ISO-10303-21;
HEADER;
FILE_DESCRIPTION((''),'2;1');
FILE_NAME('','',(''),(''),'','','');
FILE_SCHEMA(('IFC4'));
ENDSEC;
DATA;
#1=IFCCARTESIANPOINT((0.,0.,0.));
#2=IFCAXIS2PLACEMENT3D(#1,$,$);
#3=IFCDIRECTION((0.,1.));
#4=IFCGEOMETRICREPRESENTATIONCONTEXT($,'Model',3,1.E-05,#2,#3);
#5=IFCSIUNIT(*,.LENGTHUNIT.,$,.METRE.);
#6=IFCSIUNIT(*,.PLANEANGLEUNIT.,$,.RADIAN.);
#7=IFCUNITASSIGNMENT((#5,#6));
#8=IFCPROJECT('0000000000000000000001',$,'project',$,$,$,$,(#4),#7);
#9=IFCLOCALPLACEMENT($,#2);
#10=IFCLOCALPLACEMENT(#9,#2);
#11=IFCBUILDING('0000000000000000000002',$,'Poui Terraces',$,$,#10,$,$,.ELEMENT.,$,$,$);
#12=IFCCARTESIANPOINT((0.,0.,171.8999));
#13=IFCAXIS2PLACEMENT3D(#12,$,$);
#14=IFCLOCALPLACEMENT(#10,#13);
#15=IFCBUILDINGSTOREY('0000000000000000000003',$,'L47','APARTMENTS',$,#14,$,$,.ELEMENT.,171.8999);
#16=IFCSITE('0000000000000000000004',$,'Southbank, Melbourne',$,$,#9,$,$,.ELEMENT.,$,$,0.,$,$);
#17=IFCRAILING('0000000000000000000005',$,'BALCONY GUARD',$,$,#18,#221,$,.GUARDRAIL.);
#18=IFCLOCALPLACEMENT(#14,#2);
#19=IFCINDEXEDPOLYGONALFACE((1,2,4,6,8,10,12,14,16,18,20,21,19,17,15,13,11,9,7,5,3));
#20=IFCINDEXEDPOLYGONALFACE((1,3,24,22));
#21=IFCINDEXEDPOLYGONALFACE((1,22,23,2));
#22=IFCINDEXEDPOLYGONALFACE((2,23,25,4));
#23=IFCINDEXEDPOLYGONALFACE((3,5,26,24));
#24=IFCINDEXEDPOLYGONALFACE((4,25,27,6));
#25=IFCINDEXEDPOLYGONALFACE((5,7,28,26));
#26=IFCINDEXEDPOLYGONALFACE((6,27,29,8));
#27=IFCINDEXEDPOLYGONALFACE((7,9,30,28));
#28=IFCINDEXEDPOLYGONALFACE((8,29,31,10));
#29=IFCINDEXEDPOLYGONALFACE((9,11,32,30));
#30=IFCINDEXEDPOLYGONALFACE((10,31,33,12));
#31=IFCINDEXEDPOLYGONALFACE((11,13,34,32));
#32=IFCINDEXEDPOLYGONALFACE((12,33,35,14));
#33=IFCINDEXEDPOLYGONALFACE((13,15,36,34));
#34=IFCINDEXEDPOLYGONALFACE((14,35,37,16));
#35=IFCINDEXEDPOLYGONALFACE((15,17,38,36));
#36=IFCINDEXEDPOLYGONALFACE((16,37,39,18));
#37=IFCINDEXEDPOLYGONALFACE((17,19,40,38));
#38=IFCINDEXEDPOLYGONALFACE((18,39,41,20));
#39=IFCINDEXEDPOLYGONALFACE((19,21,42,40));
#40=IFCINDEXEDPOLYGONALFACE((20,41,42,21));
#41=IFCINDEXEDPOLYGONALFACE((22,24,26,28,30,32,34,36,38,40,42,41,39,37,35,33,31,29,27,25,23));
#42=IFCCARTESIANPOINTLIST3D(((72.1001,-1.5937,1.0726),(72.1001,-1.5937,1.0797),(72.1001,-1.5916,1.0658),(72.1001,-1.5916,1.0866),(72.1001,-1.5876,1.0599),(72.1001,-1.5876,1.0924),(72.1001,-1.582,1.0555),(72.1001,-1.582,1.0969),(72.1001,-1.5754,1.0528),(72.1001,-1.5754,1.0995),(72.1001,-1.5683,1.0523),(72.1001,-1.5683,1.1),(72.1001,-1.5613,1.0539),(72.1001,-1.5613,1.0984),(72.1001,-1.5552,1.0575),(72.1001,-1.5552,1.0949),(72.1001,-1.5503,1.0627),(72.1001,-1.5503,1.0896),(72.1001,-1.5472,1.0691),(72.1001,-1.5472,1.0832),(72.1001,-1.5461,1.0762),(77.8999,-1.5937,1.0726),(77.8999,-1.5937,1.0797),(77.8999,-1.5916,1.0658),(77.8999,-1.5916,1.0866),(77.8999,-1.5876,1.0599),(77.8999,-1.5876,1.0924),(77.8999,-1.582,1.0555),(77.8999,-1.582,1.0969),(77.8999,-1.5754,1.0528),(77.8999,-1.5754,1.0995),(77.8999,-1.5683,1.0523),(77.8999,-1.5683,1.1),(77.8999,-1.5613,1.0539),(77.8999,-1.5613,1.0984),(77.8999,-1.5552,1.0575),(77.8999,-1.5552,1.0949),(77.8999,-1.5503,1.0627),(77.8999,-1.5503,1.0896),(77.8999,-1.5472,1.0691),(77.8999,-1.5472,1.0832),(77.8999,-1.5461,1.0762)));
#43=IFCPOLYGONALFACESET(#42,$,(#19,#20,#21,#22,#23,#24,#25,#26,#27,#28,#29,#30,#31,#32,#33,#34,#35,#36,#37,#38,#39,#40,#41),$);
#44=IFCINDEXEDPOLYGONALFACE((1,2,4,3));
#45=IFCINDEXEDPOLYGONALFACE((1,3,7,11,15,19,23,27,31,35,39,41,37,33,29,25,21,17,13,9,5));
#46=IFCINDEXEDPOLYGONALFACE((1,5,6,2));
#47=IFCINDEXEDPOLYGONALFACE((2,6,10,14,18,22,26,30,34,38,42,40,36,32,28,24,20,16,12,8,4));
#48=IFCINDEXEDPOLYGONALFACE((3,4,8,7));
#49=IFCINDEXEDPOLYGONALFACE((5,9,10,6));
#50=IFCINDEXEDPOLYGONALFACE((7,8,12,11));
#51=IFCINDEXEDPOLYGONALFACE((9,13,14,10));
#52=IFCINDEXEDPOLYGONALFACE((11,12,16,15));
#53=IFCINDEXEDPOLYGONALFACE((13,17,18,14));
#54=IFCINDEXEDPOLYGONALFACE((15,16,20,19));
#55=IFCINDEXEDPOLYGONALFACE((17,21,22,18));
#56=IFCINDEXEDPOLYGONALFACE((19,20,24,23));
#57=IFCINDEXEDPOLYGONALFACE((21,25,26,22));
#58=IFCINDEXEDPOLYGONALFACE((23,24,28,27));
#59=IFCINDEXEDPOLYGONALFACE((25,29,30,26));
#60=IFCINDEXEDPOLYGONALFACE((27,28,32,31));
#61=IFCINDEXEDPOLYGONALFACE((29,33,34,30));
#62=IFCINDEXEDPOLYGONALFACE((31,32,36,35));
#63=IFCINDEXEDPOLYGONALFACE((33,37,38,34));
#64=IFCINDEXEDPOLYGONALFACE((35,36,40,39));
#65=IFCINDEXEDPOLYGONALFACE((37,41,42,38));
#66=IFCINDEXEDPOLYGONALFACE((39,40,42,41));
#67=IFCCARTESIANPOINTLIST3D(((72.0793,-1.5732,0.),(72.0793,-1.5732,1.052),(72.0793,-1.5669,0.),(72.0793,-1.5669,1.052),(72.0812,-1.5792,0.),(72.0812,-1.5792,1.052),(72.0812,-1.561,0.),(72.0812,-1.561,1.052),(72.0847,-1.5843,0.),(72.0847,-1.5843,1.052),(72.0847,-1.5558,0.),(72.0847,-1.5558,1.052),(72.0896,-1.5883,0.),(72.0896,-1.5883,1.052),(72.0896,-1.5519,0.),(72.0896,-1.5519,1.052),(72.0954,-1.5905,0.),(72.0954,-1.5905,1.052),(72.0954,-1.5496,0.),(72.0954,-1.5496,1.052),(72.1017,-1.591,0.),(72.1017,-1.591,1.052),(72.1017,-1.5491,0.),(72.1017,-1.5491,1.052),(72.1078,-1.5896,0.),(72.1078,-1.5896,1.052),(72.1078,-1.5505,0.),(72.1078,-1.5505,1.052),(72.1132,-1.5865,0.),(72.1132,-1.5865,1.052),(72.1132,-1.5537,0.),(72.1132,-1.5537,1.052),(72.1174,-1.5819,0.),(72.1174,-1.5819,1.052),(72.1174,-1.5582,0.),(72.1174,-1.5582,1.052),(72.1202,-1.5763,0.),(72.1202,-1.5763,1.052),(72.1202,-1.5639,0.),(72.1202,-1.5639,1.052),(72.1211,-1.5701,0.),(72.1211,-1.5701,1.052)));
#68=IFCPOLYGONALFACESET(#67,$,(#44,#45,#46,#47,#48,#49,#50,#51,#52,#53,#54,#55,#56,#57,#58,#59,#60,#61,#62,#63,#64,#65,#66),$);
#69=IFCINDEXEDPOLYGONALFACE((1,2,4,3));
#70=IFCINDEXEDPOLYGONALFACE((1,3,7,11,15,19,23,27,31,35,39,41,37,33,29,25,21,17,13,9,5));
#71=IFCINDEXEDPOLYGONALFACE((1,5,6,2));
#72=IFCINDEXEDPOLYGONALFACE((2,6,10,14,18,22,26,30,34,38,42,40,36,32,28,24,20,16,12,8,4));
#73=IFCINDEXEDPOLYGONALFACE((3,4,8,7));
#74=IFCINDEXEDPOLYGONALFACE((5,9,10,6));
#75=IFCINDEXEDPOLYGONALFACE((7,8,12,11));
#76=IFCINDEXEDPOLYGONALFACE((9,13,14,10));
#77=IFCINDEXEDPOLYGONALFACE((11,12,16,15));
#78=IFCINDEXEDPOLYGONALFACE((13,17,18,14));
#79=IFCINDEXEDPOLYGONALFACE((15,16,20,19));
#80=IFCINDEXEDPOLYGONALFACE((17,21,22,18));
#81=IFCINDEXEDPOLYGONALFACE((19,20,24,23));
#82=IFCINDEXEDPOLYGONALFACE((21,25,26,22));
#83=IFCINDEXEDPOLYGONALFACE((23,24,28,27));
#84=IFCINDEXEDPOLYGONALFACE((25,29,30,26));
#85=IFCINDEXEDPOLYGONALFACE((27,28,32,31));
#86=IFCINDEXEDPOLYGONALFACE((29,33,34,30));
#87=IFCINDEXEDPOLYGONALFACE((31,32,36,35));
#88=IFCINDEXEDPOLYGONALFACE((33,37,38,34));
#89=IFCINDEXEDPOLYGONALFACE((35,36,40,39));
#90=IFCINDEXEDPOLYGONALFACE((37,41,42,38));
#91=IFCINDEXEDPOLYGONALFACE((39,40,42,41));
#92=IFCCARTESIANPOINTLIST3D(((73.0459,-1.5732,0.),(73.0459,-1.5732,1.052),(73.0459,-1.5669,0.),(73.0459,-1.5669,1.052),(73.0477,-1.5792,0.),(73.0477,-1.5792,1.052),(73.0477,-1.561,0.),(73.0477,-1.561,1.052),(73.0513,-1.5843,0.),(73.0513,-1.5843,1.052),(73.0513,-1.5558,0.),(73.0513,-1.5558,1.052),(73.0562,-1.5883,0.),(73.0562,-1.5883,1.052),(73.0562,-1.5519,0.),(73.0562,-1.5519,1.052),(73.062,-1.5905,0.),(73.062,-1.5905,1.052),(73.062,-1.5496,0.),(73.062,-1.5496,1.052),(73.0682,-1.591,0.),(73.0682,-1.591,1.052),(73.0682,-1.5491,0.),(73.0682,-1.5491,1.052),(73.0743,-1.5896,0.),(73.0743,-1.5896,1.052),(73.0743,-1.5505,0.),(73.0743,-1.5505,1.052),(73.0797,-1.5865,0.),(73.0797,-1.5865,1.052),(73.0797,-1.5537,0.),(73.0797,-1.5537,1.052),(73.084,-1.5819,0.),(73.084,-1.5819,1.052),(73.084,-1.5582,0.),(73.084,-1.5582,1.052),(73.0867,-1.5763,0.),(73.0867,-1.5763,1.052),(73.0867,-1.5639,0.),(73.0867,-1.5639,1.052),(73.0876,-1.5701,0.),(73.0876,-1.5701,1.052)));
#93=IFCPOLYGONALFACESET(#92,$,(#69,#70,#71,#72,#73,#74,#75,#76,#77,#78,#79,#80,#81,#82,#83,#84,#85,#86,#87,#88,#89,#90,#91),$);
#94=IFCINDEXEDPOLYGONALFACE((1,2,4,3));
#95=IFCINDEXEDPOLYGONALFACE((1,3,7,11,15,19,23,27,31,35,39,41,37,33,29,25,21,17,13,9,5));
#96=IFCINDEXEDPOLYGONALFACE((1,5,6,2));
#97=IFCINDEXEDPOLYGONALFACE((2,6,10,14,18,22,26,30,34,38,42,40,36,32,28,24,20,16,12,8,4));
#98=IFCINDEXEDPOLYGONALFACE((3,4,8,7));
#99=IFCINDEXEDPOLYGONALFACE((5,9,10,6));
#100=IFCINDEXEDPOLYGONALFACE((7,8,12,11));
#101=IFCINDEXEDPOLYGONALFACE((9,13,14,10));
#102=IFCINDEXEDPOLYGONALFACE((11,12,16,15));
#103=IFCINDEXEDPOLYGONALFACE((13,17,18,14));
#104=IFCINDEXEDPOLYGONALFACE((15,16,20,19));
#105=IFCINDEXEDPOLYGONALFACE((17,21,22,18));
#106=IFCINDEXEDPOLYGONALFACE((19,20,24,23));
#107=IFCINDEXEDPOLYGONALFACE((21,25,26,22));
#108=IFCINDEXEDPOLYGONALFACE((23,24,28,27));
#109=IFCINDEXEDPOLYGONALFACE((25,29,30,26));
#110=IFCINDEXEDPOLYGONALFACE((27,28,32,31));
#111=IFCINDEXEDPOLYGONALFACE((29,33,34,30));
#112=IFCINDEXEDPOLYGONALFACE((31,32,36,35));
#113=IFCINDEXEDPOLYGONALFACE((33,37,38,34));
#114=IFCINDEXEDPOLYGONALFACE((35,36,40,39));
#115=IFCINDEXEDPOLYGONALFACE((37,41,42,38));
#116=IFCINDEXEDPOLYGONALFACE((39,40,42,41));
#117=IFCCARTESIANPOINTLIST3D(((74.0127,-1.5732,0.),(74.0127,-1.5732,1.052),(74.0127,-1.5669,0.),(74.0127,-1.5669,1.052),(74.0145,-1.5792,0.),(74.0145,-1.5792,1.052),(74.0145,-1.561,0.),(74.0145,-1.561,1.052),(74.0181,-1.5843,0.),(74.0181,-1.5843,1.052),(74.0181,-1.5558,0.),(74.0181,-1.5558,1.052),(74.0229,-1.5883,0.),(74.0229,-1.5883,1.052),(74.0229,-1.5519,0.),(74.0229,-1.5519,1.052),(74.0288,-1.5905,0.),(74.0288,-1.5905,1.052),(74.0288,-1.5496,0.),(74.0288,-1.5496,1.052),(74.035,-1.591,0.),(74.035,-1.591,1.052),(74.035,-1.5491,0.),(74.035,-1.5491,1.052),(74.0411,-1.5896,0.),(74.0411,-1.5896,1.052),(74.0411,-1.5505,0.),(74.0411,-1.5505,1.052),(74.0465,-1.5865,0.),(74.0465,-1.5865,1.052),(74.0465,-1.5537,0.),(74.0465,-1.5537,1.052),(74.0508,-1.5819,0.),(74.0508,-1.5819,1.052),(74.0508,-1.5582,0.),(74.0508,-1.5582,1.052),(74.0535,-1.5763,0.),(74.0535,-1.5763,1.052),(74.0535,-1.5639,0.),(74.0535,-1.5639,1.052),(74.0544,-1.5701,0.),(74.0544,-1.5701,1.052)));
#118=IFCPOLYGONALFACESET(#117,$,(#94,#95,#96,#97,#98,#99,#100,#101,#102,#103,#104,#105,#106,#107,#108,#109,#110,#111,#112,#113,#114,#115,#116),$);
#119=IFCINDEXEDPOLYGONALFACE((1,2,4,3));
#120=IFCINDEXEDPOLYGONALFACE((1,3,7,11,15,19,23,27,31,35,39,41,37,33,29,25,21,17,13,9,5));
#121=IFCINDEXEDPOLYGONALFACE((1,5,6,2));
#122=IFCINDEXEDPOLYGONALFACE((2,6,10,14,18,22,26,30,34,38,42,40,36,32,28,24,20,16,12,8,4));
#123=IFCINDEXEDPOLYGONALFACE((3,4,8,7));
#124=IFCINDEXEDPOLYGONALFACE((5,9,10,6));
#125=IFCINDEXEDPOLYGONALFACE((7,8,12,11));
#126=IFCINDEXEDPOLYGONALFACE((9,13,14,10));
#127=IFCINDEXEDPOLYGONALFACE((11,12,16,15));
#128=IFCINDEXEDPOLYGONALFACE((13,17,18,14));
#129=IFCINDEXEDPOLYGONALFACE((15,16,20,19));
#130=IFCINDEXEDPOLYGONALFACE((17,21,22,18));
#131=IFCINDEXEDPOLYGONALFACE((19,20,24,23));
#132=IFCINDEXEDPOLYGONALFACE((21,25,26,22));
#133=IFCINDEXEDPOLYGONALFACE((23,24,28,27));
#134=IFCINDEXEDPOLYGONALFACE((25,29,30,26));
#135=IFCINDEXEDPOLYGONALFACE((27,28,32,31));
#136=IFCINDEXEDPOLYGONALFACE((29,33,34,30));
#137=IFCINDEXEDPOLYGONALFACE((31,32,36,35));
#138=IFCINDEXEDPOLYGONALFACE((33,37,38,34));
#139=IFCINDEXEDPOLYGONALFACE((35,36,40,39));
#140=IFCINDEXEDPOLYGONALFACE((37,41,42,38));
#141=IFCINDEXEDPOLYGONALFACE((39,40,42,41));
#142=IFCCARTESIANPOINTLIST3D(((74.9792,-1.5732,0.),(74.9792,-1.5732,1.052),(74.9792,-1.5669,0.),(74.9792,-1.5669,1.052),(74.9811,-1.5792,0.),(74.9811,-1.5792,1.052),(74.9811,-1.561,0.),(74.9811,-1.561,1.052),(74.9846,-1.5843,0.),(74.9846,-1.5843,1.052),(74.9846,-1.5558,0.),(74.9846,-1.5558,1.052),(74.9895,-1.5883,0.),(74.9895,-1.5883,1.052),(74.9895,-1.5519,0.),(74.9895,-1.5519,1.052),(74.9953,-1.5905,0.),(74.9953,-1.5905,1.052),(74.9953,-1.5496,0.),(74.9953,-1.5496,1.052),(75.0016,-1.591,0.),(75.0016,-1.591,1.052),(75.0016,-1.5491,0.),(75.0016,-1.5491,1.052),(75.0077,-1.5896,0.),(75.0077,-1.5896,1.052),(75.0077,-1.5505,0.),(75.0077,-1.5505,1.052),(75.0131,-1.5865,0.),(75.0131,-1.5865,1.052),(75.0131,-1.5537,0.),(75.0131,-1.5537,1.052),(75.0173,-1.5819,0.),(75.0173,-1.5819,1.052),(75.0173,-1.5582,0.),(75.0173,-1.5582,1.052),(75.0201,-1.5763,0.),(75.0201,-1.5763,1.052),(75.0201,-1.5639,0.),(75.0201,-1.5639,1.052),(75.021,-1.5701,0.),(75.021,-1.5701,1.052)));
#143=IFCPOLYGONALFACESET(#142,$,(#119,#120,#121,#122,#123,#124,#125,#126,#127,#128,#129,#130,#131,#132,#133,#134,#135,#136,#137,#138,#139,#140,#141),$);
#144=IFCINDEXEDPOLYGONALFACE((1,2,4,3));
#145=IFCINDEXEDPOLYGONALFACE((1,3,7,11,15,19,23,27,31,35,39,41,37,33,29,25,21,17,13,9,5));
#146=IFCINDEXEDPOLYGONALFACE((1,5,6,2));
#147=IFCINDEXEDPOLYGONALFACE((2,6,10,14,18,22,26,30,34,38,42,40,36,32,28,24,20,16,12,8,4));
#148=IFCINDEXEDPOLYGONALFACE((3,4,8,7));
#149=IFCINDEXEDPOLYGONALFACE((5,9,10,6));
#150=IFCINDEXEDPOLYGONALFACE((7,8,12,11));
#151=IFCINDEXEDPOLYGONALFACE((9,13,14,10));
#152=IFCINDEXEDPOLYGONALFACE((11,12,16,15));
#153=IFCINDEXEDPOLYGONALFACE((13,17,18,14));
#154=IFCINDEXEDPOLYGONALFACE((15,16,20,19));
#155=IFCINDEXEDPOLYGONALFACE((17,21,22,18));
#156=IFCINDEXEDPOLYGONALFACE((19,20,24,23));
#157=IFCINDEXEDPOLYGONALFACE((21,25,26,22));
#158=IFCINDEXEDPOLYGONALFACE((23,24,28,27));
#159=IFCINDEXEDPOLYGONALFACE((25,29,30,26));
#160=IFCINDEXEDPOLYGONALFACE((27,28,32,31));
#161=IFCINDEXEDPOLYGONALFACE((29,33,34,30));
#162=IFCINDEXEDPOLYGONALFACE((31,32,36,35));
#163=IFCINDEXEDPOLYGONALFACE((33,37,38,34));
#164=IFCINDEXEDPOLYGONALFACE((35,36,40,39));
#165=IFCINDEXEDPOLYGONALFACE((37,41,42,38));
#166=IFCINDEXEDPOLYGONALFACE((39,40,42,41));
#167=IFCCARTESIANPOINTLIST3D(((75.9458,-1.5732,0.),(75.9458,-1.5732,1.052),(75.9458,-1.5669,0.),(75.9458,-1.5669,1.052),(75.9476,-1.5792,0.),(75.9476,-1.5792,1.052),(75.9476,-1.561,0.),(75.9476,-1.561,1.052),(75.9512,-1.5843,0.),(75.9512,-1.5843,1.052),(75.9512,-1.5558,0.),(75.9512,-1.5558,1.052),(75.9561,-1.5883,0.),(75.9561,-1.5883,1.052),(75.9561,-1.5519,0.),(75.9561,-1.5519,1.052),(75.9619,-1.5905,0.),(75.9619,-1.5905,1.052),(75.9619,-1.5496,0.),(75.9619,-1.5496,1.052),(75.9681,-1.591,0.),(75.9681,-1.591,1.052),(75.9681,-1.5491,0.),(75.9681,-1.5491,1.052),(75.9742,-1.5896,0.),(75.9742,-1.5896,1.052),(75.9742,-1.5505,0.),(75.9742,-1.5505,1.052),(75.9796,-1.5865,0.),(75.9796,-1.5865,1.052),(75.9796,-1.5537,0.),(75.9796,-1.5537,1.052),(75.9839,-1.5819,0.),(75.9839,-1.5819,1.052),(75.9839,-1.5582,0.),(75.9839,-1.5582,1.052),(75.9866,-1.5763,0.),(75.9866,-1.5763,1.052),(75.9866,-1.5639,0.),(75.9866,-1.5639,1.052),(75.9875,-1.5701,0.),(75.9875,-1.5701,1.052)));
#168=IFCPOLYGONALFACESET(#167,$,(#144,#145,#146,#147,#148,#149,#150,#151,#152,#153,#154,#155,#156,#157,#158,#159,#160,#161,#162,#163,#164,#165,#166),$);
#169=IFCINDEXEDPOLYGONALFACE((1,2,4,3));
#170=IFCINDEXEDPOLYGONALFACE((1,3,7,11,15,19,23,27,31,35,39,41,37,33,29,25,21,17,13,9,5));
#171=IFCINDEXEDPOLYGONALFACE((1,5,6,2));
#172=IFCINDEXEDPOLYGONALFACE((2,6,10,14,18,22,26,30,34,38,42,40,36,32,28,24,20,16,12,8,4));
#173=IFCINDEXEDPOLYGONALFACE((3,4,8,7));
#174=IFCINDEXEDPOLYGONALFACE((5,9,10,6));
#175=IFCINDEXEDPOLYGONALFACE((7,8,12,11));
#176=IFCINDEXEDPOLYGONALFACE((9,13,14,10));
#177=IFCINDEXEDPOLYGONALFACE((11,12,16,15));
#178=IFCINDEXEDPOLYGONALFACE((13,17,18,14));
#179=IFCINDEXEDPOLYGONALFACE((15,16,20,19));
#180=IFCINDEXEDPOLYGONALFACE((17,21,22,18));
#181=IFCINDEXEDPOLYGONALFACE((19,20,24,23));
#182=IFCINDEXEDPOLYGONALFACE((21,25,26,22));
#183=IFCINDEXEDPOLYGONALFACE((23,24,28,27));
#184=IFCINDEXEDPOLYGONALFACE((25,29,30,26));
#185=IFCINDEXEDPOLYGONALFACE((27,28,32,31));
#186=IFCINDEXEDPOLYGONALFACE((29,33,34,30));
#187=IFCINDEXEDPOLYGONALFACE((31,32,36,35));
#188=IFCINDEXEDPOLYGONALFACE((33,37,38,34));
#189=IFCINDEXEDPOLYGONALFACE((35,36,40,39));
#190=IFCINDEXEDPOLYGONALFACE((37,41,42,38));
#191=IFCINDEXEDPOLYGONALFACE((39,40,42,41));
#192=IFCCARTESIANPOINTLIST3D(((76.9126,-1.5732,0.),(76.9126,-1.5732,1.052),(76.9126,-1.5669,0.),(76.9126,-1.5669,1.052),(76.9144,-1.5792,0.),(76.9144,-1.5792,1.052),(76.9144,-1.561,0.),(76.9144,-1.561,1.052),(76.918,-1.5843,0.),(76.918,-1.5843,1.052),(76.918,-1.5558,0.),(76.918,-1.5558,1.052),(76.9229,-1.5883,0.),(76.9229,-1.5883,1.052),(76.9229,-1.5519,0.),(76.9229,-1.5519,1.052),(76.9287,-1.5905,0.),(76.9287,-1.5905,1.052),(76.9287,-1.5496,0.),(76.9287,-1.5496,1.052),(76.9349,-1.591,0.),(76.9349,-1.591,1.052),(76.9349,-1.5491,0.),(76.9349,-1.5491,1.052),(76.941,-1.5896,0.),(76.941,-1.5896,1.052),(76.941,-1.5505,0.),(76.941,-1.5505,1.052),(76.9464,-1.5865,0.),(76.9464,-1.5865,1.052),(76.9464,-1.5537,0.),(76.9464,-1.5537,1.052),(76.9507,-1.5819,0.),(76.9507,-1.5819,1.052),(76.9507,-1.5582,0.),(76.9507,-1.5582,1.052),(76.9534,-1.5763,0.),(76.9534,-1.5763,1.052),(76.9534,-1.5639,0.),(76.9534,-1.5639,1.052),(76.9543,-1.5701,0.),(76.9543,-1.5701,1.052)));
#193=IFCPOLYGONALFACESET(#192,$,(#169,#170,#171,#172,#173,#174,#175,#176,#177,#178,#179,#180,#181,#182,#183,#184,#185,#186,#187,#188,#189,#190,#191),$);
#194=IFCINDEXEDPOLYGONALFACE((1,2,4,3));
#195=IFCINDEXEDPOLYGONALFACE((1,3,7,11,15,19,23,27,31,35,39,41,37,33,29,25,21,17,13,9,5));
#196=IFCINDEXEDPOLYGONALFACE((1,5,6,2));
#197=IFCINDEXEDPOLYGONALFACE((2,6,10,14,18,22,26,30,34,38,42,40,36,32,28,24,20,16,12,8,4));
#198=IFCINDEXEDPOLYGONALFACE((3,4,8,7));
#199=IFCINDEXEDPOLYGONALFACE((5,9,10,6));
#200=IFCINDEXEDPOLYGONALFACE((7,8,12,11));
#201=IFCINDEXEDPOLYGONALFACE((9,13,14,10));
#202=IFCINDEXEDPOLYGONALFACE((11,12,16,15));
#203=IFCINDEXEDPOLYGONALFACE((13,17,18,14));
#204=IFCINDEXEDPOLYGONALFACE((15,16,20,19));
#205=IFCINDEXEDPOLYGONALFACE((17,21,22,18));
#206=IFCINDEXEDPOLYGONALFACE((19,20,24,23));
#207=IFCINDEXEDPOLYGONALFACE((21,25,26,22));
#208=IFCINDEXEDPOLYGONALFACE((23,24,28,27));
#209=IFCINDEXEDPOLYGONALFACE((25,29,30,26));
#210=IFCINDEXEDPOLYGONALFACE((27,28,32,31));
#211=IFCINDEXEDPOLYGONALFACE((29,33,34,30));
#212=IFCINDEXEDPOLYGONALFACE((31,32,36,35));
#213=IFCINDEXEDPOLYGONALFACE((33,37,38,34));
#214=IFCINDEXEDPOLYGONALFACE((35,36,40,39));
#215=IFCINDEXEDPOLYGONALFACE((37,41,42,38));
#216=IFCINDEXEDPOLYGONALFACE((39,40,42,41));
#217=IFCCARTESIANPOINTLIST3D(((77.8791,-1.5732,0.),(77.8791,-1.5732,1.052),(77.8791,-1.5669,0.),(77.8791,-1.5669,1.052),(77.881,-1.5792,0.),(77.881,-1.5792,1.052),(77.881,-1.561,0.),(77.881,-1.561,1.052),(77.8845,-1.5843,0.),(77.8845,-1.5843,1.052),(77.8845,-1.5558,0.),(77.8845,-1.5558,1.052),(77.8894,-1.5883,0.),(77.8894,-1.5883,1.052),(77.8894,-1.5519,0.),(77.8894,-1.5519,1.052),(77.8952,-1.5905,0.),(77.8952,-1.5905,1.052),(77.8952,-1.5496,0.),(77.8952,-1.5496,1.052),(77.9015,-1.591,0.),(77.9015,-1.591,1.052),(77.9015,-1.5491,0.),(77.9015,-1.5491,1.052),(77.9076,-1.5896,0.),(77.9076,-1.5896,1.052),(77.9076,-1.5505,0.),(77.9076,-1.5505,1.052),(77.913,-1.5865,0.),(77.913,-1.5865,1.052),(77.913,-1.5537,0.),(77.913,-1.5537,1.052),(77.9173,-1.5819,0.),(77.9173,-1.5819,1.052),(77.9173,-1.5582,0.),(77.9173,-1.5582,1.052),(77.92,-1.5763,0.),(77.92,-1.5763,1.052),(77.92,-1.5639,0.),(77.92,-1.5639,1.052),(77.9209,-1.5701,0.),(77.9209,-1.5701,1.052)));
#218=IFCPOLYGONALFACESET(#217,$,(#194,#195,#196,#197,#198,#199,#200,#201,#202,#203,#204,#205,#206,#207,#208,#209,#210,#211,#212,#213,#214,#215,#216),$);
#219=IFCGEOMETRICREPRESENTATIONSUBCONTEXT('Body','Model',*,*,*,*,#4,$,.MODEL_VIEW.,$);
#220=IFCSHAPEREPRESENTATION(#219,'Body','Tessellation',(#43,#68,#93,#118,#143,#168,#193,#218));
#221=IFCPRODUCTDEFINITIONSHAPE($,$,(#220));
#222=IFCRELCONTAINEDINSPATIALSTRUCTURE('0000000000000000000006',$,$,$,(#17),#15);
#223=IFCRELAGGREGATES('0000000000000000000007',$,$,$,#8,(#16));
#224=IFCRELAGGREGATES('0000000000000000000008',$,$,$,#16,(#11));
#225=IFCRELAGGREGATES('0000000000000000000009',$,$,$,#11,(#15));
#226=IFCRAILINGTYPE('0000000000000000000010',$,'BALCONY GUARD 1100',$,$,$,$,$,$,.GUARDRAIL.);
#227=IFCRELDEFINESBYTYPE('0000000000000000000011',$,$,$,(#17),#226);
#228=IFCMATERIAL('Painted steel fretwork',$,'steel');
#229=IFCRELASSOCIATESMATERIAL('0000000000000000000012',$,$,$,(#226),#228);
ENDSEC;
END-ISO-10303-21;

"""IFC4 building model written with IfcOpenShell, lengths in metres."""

from ifc_helpers import new_model, si_unit, direction, frame, origin, origin_2d, place, context, subcontext, project, spatial, circle, extrude, material, type_object, element, save


model = new_model("IFC4")

# Units and contexts
model_context = context("Model", 3, precision=1e-05, world=origin(), true_north=direction((0.0, 1.0)))
body_context = subcontext(model_context, "Body", "Model", "MODEL_VIEW")
ifc_project = project(units=[si_unit("LENGTHUNIT", "METRE"), si_unit("PLANEANGLEUNIT", "RADIAN")], contexts=[model_context])

# Site, building, storey
site_placement = place(None, origin())
site = spatial("IfcSite", under=ifc_project, at=site_placement, Name="Southbank, Melbourne", CompositionType="ELEMENT", RefElevation=0.0)
building_placement = place(site_placement, origin())
building = spatial("IfcBuilding", under=site, at=building_placement, Name="Poui Terraces", CompositionType="ELEMENT")
storey_placement = place(building_placement, frame((0.0, 0.0, 171.8999)))
storey = spatial("IfcBuildingStorey", under=building, at=storey_placement, Name="L47", Description="APARTMENTS", CompositionType="ELEMENT", Elevation=171.8999)

# Railing
ifc_material_1 = material(Name="Painted steel fretwork", Category="steel")
railing_type = type_object("IfcRailingType", Name="BALCONY GUARD 1100", PredefinedType="GUARDRAIL", material=ifc_material_1)
railing_placement = place(storey_placement, frame((72.1001, -1.5701, 0.0)))
element("IfcRailing", 1, at=railing_placement, inside=storey, type_object=railing_type, Name="BALCONY GUARD", PredefinedType="GUARDRAIL", context=body_context, shape_type="SweptSolid", body=[
    extrude(circle(Radius=0.0239, at=origin_2d()), frame((0.0, 0.0, 1.0762), z_axis=(1.0, 0.0, 0.0), x_axis=(0.0, 1.0, 0.0)), (0.0, 0.0, 1.0), 5.7998),
    extrude(circle(Radius=0.021, at=origin_2d()), origin(), (0.0, 0.0, 1.0), 1.052),
    extrude(circle(Radius=0.021, at=origin_2d()), frame((0.9666, 0.0, 0.0)), (0.0, 0.0, 1.0), 1.052),
    extrude(circle(Radius=0.021, at=origin_2d()), frame((1.9333, 0.0, 0.0)), (0.0, 0.0, 1.0), 1.052),
    extrude(circle(Radius=0.021, at=origin_2d()), frame((2.8999, 0.0, 0.0)), (0.0, 0.0, 1.0), 1.052),
    extrude(circle(Radius=0.021, at=origin_2d()), frame((3.8665, 0.0, 0.0)), (0.0, 0.0, 1.0), 1.052),
    extrude(circle(Radius=0.021, at=origin_2d()), frame((4.8333, 0.0, 0.0)), (0.0, 0.0, 1.0), 1.052),
    extrude(circle(Radius=0.021, at=origin_2d()), frame((5.7998, 0.0, 0.0)), (0.0, 0.0, 1.0), 1.052),
])

save(model, "model.ifc")
